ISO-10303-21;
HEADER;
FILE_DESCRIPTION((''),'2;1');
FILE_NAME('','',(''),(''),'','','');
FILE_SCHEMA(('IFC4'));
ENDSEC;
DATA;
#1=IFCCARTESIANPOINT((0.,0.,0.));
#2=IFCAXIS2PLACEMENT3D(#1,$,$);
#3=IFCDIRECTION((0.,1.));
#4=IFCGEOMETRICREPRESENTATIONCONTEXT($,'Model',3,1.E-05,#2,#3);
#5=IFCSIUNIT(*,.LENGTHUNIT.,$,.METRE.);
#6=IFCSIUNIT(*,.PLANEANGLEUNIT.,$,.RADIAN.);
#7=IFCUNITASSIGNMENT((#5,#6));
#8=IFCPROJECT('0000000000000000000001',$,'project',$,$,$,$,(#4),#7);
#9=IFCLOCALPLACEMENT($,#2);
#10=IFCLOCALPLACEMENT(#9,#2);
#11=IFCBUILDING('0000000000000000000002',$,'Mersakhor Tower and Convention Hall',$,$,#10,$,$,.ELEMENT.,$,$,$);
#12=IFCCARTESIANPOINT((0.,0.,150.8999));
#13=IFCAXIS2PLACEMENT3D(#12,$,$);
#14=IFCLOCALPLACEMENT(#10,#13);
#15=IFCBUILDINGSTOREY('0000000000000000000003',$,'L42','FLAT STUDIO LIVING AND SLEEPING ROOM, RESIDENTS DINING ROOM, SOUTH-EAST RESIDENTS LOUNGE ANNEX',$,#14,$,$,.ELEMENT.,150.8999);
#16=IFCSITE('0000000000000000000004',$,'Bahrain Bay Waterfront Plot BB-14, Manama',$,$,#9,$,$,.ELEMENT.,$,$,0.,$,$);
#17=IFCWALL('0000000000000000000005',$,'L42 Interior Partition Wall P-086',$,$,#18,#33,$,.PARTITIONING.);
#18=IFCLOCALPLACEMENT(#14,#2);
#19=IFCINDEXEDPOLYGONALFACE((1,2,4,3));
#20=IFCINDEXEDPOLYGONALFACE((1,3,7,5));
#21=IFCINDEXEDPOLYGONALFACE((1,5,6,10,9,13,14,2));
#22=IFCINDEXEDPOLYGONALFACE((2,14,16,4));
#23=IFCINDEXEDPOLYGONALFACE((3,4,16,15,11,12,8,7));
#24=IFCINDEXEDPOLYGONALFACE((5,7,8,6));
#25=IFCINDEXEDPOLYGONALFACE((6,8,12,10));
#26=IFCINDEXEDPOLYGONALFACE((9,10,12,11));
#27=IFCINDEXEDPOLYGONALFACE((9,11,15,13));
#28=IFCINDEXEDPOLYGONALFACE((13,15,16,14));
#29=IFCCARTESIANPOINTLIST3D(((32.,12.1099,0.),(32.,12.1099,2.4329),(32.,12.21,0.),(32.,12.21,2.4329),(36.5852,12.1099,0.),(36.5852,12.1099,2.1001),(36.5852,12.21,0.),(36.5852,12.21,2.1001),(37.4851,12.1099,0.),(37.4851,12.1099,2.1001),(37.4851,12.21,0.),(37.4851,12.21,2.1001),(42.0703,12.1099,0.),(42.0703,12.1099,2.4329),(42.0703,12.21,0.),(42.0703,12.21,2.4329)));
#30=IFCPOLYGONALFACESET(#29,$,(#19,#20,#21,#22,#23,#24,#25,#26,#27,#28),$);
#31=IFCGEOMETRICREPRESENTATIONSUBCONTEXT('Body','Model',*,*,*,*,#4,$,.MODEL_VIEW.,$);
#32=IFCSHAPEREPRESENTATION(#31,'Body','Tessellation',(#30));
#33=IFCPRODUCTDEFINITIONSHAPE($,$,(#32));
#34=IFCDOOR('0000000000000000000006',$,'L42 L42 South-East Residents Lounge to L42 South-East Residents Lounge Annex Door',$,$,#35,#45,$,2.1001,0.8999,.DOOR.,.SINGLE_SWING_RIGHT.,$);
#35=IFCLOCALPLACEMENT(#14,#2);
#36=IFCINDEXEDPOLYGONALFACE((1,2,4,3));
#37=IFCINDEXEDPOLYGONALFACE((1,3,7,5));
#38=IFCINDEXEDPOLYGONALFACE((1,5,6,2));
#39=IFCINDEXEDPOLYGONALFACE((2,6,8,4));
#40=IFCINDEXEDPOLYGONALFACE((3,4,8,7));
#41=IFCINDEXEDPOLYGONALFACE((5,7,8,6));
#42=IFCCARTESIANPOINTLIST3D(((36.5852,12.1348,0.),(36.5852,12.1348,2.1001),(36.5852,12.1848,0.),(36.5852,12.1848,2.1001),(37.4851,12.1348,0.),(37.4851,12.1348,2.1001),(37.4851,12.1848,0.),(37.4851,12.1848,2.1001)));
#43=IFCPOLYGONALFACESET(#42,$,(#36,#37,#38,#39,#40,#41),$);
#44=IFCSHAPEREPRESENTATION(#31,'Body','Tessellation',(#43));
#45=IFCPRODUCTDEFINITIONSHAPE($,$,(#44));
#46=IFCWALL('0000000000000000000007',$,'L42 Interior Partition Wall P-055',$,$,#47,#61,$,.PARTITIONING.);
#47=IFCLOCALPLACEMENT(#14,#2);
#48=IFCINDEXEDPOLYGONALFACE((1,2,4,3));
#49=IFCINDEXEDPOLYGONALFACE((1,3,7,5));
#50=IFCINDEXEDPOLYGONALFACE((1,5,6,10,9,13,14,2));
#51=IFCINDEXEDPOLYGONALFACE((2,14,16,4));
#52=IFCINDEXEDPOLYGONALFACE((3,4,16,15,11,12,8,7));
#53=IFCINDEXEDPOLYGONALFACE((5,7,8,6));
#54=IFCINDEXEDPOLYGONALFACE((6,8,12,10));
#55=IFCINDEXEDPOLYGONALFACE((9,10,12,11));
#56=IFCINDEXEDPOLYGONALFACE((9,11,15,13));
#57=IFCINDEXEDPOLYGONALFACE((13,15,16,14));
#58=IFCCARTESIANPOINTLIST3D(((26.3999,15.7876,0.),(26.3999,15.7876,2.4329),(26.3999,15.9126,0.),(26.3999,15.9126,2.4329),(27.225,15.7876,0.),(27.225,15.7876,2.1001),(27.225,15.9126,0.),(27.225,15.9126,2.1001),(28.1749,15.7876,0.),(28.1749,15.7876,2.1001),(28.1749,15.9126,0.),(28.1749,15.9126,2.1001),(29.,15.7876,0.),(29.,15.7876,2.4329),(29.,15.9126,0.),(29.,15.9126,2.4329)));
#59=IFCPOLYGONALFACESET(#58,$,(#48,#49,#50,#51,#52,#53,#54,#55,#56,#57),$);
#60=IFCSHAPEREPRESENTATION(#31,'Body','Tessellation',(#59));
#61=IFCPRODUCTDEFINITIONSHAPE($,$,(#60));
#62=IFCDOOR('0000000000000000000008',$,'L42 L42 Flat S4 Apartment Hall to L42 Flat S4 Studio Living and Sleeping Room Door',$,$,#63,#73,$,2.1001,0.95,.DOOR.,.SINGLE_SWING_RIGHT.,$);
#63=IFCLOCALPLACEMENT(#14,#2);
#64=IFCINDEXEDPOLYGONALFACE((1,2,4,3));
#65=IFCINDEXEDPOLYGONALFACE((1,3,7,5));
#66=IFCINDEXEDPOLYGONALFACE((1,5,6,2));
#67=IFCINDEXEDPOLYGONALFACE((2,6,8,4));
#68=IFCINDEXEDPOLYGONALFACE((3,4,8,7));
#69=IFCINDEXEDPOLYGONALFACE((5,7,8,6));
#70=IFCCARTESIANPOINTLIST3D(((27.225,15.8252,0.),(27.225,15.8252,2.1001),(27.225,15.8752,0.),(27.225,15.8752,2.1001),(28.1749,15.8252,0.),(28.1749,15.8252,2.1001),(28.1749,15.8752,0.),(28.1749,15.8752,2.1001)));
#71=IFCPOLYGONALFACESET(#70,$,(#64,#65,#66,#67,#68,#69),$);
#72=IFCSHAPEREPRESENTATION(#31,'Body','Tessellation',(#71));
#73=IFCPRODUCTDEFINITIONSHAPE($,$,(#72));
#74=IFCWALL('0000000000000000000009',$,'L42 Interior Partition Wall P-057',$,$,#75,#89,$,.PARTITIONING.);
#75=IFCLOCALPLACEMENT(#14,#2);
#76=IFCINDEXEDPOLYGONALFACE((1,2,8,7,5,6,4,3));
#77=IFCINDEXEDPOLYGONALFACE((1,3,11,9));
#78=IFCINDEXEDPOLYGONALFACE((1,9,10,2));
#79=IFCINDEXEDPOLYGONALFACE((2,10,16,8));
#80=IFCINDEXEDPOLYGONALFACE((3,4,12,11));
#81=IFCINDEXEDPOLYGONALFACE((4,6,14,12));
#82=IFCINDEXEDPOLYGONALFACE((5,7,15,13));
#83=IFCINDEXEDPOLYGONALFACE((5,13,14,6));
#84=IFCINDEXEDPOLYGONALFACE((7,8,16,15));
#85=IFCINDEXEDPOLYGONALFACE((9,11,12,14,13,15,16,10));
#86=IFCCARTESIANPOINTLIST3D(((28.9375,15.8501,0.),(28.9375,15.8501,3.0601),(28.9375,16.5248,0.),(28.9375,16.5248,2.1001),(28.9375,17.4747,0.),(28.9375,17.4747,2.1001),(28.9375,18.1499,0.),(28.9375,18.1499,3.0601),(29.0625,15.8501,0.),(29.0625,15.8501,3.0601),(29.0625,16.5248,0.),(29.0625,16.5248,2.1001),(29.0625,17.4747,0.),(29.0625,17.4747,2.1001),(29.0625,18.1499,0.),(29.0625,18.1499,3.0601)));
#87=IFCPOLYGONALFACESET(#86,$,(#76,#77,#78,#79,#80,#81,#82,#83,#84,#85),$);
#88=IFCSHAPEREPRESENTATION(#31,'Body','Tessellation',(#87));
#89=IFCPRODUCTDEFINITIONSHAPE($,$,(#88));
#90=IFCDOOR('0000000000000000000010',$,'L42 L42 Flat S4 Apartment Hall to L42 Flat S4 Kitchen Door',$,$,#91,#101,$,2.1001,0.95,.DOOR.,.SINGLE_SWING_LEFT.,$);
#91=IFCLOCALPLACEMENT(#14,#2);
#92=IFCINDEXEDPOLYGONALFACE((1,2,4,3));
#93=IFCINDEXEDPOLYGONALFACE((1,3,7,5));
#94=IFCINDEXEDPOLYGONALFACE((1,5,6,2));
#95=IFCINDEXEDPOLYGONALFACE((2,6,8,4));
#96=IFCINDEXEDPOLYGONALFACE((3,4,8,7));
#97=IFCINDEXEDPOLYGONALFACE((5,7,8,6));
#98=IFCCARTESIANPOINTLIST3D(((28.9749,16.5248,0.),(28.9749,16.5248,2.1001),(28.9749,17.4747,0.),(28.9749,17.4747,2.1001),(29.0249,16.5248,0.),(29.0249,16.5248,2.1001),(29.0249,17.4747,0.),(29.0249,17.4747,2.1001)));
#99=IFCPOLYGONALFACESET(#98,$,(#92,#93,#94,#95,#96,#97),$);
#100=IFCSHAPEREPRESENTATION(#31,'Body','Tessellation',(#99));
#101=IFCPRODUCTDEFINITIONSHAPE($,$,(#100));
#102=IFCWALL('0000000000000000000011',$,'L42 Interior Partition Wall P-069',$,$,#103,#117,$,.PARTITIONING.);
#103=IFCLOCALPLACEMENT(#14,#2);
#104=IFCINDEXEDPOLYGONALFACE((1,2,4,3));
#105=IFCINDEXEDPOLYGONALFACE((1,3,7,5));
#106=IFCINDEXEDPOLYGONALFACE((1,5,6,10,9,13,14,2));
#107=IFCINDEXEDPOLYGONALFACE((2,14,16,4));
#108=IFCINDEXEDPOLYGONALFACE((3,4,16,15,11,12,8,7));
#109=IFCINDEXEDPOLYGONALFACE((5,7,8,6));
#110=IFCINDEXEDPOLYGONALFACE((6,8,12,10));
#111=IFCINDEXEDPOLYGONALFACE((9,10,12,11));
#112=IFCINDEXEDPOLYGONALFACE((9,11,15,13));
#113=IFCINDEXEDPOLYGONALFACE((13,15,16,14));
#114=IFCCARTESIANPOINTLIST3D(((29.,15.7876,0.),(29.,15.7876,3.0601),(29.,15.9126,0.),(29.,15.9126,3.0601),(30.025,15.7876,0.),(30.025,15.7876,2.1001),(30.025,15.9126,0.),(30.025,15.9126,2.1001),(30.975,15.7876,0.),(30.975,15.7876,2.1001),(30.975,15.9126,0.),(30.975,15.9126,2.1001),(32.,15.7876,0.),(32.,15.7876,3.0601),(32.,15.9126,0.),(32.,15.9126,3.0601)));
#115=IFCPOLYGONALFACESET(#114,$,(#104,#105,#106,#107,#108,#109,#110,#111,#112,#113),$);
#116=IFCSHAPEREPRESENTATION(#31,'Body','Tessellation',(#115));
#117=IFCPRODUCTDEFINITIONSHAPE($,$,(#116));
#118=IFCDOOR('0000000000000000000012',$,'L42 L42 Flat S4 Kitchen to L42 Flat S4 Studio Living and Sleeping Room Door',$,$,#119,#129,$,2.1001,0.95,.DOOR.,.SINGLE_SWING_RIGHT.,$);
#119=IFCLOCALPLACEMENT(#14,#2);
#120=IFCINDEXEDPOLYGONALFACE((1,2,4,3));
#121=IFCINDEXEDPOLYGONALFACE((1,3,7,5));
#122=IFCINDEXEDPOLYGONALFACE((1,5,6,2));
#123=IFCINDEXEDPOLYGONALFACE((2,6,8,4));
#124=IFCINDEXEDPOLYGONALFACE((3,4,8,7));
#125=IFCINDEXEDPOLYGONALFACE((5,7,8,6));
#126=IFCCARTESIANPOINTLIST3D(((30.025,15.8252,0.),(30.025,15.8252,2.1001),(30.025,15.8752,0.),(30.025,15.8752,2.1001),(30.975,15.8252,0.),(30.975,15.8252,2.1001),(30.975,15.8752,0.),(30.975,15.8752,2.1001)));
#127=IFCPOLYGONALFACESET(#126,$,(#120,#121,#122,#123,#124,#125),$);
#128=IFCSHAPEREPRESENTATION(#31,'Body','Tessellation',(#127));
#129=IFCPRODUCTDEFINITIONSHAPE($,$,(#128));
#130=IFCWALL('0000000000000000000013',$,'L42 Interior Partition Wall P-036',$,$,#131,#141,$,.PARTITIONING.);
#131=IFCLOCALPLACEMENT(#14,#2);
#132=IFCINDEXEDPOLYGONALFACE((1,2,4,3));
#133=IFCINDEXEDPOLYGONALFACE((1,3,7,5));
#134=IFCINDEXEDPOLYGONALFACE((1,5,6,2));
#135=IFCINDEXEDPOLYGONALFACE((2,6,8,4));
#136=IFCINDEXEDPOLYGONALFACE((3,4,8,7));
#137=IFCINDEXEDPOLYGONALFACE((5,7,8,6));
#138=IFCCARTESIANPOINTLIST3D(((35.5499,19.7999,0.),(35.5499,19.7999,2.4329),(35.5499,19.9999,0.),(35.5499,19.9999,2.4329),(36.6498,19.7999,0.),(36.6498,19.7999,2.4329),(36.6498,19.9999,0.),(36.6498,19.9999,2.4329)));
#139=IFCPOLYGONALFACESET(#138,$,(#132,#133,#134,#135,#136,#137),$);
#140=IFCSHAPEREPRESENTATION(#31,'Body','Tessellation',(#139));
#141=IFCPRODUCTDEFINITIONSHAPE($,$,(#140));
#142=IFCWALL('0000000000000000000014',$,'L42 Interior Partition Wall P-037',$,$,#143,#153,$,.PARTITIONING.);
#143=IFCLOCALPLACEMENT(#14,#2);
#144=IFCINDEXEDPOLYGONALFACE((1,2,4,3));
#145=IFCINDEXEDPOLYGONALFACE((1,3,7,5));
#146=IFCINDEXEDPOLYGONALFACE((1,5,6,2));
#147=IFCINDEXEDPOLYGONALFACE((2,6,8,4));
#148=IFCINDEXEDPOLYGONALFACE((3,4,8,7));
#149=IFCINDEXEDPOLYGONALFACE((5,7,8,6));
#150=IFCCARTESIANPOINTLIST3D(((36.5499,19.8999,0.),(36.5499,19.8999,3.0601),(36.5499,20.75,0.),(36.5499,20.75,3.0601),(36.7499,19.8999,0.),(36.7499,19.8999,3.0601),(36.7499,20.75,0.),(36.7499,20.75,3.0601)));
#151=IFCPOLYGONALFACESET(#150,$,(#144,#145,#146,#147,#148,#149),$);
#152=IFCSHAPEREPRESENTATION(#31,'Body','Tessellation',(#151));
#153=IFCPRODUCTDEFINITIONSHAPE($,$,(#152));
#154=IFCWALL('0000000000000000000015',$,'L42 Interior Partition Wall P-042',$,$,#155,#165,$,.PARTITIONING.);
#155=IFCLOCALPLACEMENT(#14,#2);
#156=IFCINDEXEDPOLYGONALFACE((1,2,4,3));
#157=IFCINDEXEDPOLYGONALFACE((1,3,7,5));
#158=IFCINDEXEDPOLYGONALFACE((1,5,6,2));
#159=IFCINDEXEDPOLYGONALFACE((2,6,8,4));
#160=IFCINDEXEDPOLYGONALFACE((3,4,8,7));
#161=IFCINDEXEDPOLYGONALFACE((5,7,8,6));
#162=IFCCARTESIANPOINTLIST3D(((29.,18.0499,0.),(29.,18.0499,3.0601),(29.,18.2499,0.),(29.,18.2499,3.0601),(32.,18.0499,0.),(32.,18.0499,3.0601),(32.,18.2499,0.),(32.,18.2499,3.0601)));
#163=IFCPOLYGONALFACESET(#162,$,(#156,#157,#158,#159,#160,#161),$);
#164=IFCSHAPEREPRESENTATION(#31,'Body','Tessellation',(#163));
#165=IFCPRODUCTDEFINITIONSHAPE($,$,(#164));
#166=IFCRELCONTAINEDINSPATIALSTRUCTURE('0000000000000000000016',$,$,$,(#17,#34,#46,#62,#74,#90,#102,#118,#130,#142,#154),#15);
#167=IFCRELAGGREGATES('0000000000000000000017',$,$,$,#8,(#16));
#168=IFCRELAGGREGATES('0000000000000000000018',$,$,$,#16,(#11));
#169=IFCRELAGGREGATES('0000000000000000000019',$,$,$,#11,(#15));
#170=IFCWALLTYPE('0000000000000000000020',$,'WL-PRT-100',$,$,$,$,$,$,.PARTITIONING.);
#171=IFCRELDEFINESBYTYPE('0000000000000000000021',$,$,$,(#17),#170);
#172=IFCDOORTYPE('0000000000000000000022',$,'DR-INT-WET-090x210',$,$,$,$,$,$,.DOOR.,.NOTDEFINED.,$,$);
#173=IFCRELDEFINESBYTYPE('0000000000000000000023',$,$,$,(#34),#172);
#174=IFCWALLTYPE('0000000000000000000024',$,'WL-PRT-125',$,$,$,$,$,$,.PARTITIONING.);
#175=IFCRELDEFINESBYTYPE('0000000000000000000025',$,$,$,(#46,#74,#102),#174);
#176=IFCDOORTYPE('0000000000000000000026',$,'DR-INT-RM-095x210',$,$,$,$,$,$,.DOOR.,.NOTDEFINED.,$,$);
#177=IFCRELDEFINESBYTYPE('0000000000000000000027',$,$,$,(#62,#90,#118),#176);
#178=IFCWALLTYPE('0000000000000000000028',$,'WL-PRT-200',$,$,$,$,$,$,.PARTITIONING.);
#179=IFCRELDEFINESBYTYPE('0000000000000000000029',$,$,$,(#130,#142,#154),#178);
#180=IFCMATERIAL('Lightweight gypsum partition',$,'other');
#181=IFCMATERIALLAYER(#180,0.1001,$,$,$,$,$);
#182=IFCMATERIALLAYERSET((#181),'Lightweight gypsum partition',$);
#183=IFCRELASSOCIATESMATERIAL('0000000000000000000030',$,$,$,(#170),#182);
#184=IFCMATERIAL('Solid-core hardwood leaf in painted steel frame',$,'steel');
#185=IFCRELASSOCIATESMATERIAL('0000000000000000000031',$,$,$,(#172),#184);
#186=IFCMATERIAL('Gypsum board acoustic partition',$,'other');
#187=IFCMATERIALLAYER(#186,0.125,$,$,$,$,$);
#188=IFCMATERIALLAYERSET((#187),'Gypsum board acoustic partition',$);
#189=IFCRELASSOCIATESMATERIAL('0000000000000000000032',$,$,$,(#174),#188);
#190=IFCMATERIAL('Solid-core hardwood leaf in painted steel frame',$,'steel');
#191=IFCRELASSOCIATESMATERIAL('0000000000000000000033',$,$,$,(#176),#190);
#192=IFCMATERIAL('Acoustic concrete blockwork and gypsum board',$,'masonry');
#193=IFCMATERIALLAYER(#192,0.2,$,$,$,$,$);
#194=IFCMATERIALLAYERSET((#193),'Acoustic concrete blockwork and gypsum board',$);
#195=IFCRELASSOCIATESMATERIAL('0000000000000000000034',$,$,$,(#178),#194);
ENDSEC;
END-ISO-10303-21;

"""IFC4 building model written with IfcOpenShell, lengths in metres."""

from ifc_helpers import new_model, si_unit, direction, frame, frame_2d, origin, place, context, subcontext, project, spatial, rectangle, extrude, material, layer, layer_set, type_object, element, fill, save


model = new_model("IFC4")

# Units and contexts
model_context = context("Model", 3, precision=1e-05, world=origin(), true_north=direction((0.0, 1.0)))
body_context = subcontext(model_context, "Body", "Model", "MODEL_VIEW")
ifc_project = project(units=[si_unit("LENGTHUNIT", "METRE"), si_unit("PLANEANGLEUNIT", "RADIAN")], contexts=[model_context])

# Site, building, storey
site_placement = place(None, origin())
site = spatial("IfcSite", under=ifc_project, at=site_placement, Name="Bahrain Bay Waterfront Plot BB-14, Manama", CompositionType="ELEMENT", RefElevation=0.0)
building_placement = place(site_placement, origin())
building = spatial("IfcBuilding", under=site, at=building_placement, Name="Mersakhor Tower and Convention Hall", CompositionType="ELEMENT")
storey_placement = place(building_placement, frame((0.0, 0.0, 150.8999)))
storey = spatial("IfcBuildingStorey", under=building, at=storey_placement, Name="L42", Description="FLAT STUDIO LIVING AND SLEEPING ROOM, RESIDENTS DINING ROOM, SOUTH-EAST RESIDENTS LOUNGE ANNEX", CompositionType="ELEMENT", Elevation=150.8999)

# Walls, openings, doors
ifc_material_1 = material(Name="Lightweight gypsum partition", Category="other")
ifc_layer_1 = layer(ifc_material_1, 0.1001)
ifc_layer_set_1 = layer_set([ifc_layer_1], Name="Lightweight gypsum partition")
wall_type_1 = type_object("IfcWallType", Name="WL-PRT-100", PredefinedType="PARTITIONING", material=ifc_layer_set_1)
wall_1_placement = place(storey_placement, frame((32.0, 12.1599, 0.0), z_axis=(0.0, 0.0, 1.0), x_axis=(1.0, 0.0, 0.0)))
wall_1 = element("IfcWall", 1, at=wall_1_placement, inside=storey, type_object=wall_type_1, Name="L42 Interior Partition Wall P-086", PredefinedType="PARTITIONING", context=body_context, shape_type="SweptSolid", body=[
    extrude(rectangle(XDim=10.0703, YDim=0.1001, at=frame_2d((5.0352, 0.0))), origin(), (0.0, 0.0, 1.0), 2.4329),
])
opening_1_placement = place(wall_1_placement, frame((4.5852, 0.0, 0.0)))
opening_1 = element("IfcOpeningElement", 2, at=opening_1_placement, cuts=wall_1, PredefinedType="OPENING", context=body_context, shape_type="SweptSolid", body=[
    extrude(rectangle(XDim=0.8999, YDim=2.1001, at=frame_2d((0.45, 1.05))), frame((0.0, 0.0601, 0.0), z_axis=(0.0, -1.0, 0.0), x_axis=(1.0, 0.0, 0.0)), (0.0, 0.0, 1.0), 0.1201),
])
ifc_material_2 = material(Name="Solid-core hardwood leaf in painted steel frame", Category="steel")
door_type_1 = type_object("IfcDoorType", Name="DR-INT-WET-090x210", OperationType="NOTDEFINED", PredefinedType="DOOR", material=ifc_material_2)
door_1_placement = place(opening_1_placement, origin())
door_1 = element("IfcDoor", 3, at=door_1_placement, inside=storey, type_object=door_type_1, Name="L42 L42 South-East Residents Lounge to L42 South-East Residents Lounge Annex Door", OperationType="SINGLE_SWING_RIGHT", OverallHeight=2.1001, OverallWidth=0.8999, PredefinedType="DOOR", context=body_context, shape_type="SweptSolid", body=[
    extrude(rectangle(XDim=0.8999, YDim=2.1001, at=frame_2d((0.45, 1.05))), frame((0.0, 0.0249, 0.0), z_axis=(0.0, -1.0, 0.0), x_axis=(1.0, 0.0, 0.0)), (0.0, 0.0, 1.0), 0.05),
])
fill(opening_1, door_1)
ifc_material_3 = material(Name="Gypsum board acoustic partition", Category="other")
ifc_layer_2 = layer(ifc_material_3, 0.125)
ifc_layer_set_2 = layer_set([ifc_layer_2], Name="Gypsum board acoustic partition")
wall_type_2 = type_object("IfcWallType", Name="WL-PRT-125", PredefinedType="PARTITIONING", material=ifc_layer_set_2)
wall_2_placement = place(storey_placement, frame((29.0, 15.8501, 0.0), z_axis=(0.0, 0.0, 1.0), x_axis=(-1.0, 0.0, 0.0)))
wall_2 = element("IfcWall", 4, at=wall_2_placement, inside=storey, type_object=wall_type_2, Name="L42 Interior Partition Wall P-055", PredefinedType="PARTITIONING", context=body_context, shape_type="SweptSolid", body=[
    extrude(rectangle(XDim=2.6001, YDim=0.125, at=frame_2d((1.3, 0.0))), origin(), (0.0, 0.0, 1.0), 2.4329),
])
opening_2_placement = place(wall_2_placement, frame((0.825, 0.0, 0.0)))
opening_2 = element("IfcOpeningElement", 5, at=opening_2_placement, cuts=wall_2, PredefinedType="OPENING", context=body_context, shape_type="SweptSolid", body=[
    extrude(rectangle(XDim=0.95, YDim=2.1001, at=frame_2d((0.4751, 1.05))), frame((0.0, 0.0725, 0.0), z_axis=(0.0, -1.0, 0.0), x_axis=(1.0, 0.0, 0.0)), (0.0, 0.0, 1.0), 0.145),
])
ifc_material_4 = material(Name="Solid-core hardwood leaf in painted steel frame", Category="steel")
door_type_2 = type_object("IfcDoorType", Name="DR-INT-RM-095x210", OperationType="NOTDEFINED", PredefinedType="DOOR", material=ifc_material_4)
door_2_placement = place(opening_2_placement, origin())
door_2 = element("IfcDoor", 6, at=door_2_placement, inside=storey, type_object=door_type_2, Name="L42 L42 Flat S4 Apartment Hall to L42 Flat S4 Studio Living and Sleeping Room Door", OperationType="SINGLE_SWING_RIGHT", OverallHeight=2.1001, OverallWidth=0.95, PredefinedType="DOOR", context=body_context, shape_type="SweptSolid", body=[
    extrude(rectangle(XDim=0.95, YDim=2.1001, at=frame_2d((0.4751, 1.05))), frame((0.0, 0.0249, 0.0), z_axis=(0.0, -1.0, 0.0), x_axis=(1.0, 0.0, 0.0)), (0.0, 0.0, 1.0), 0.05),
])
fill(opening_2, door_2)
wall_3_placement = place(storey_placement, frame((29.0, 18.1499, 0.0), z_axis=(0.0, 0.0, 1.0), x_axis=(0.0, -1.0, 0.0)))
wall_3 = element("IfcWall", 7, at=wall_3_placement, inside=storey, type_object=wall_type_2, Name="L42 Interior Partition Wall P-057", PredefinedType="PARTITIONING", context=body_context, shape_type="SweptSolid", body=[
    extrude(rectangle(XDim=2.2998, YDim=0.125, at=frame_2d((1.1499, 0.0))), origin(), (0.0, 0.0, 1.0), 3.0601),
])
opening_3_placement = place(wall_3_placement, frame((0.675, 0.0, 0.0)))
opening_3 = element("IfcOpeningElement", 8, at=opening_3_placement, cuts=wall_3, PredefinedType="OPENING", context=body_context, shape_type="SweptSolid", body=[
    extrude(rectangle(XDim=0.95, YDim=2.1001, at=frame_2d((0.4751, 1.05))), frame((0.0, 0.0725, 0.0), z_axis=(0.0, -1.0, 0.0), x_axis=(1.0, 0.0, 0.0)), (0.0, 0.0, 1.0), 0.145),
])
door_3_placement = place(opening_3_placement, origin())
door_3 = element("IfcDoor", 9, at=door_3_placement, inside=storey, type_object=door_type_2, Name="L42 L42 Flat S4 Apartment Hall to L42 Flat S4 Kitchen Door", OperationType="SINGLE_SWING_LEFT", OverallHeight=2.1001, OverallWidth=0.95, PredefinedType="DOOR", context=body_context, shape_type="SweptSolid", body=[
    extrude(rectangle(XDim=0.95, YDim=2.1001, at=frame_2d((0.4751, 1.05))), frame((0.0, 0.0249, 0.0), z_axis=(0.0, -1.0, 0.0), x_axis=(1.0, 0.0, 0.0)), (0.0, 0.0, 1.0), 0.05),
])
fill(opening_3, door_3)
wall_4_placement = place(storey_placement, frame((32.0, 15.8501, 0.0), z_axis=(0.0, 0.0, 1.0), x_axis=(-1.0, 0.0, 0.0)))
wall_4 = element("IfcWall", 10, at=wall_4_placement, inside=storey, type_object=wall_type_2, Name="L42 Interior Partition Wall P-069", PredefinedType="PARTITIONING", context=body_context, shape_type="SweptSolid", body=[
    extrude(rectangle(XDim=3.0, YDim=0.125, at=frame_2d((1.5, 0.0))), origin(), (0.0, 0.0, 1.0), 3.0601),
])
opening_4_placement = place(wall_4_placement, frame((1.0249, 0.0, 0.0)))
opening_4 = element("IfcOpeningElement", 11, at=opening_4_placement, cuts=wall_4, PredefinedType="OPENING", context=body_context, shape_type="SweptSolid", body=[
    extrude(rectangle(XDim=0.95, YDim=2.1001, at=frame_2d((0.4751, 1.05))), frame((0.0, 0.0725, 0.0), z_axis=(0.0, -1.0, 0.0), x_axis=(1.0, 0.0, 0.0)), (0.0, 0.0, 1.0), 0.145),
])
door_4_placement = place(opening_4_placement, origin())
door_4 = element("IfcDoor", 12, at=door_4_placement, inside=storey, type_object=door_type_2, Name="L42 L42 Flat S4 Kitchen to L42 Flat S4 Studio Living and Sleeping Room Door", OperationType="SINGLE_SWING_RIGHT", OverallHeight=2.1001, OverallWidth=0.95, PredefinedType="DOOR", context=body_context, shape_type="SweptSolid", body=[
    extrude(rectangle(XDim=0.95, YDim=2.1001, at=frame_2d((0.4751, 1.05))), frame((0.0, 0.0249, 0.0), z_axis=(0.0, -1.0, 0.0), x_axis=(1.0, 0.0, 0.0)), (0.0, 0.0, 1.0), 0.05),
])
fill(opening_4, door_4)

# Walls
ifc_material_5 = material(Name="Acoustic concrete blockwork and gypsum board", Category="masonry")
ifc_layer_3 = layer(ifc_material_5, 0.2)
ifc_layer_set_3 = layer_set([ifc_layer_3], Name="Acoustic concrete blockwork and gypsum board")
wall_type_3 = type_object("IfcWallType", Name="WL-PRT-200", PredefinedType="PARTITIONING", material=ifc_layer_set_3)
wall_5_placement = place(storey_placement, frame((35.55, 19.8999, 0.0), z_axis=(0.0, 0.0, 1.0), x_axis=(1.0, 0.0, 0.0)))
element("IfcWall", 13, at=wall_5_placement, inside=storey, type_object=wall_type_3, Name="L42 Interior Partition Wall P-036", PredefinedType="PARTITIONING", context=body_context, shape_type="SweptSolid", body=[
    extrude(rectangle(XDim=1.0999, YDim=0.2, at=frame_2d((0.5498, 0.0))), origin(), (0.0, 0.0, 1.0), 2.4329),
])
wall_6_placement = place(storey_placement, frame((36.6499, 19.8999, 0.0), z_axis=(0.0, 0.0, 1.0), x_axis=(0.0, 1.0, 0.0)))
element("IfcWall", 14, at=wall_6_placement, inside=storey, type_object=wall_type_3, Name="L42 Interior Partition Wall P-037", PredefinedType="PARTITIONING", context=body_context, shape_type="SweptSolid", body=[
    extrude(rectangle(XDim=0.8501, YDim=0.2, at=frame_2d((0.425, 0.0))), origin(), (0.0, 0.0, 1.0), 3.0601),
])
wall_7_placement = place(storey_placement, frame((32.0, 18.1499, 0.0), z_axis=(0.0, 0.0, 1.0), x_axis=(-1.0, 0.0, 0.0)))
element("IfcWall", 15, at=wall_7_placement, inside=storey, type_object=wall_type_3, Name="L42 Interior Partition Wall P-042", PredefinedType="PARTITIONING", context=body_context, shape_type="SweptSolid", body=[
    extrude(rectangle(XDim=3.0, YDim=0.2, at=frame_2d((1.5, 0.0))), origin(), (0.0, 0.0, 1.0), 3.0601),
])

save(model, "model.ifc")
